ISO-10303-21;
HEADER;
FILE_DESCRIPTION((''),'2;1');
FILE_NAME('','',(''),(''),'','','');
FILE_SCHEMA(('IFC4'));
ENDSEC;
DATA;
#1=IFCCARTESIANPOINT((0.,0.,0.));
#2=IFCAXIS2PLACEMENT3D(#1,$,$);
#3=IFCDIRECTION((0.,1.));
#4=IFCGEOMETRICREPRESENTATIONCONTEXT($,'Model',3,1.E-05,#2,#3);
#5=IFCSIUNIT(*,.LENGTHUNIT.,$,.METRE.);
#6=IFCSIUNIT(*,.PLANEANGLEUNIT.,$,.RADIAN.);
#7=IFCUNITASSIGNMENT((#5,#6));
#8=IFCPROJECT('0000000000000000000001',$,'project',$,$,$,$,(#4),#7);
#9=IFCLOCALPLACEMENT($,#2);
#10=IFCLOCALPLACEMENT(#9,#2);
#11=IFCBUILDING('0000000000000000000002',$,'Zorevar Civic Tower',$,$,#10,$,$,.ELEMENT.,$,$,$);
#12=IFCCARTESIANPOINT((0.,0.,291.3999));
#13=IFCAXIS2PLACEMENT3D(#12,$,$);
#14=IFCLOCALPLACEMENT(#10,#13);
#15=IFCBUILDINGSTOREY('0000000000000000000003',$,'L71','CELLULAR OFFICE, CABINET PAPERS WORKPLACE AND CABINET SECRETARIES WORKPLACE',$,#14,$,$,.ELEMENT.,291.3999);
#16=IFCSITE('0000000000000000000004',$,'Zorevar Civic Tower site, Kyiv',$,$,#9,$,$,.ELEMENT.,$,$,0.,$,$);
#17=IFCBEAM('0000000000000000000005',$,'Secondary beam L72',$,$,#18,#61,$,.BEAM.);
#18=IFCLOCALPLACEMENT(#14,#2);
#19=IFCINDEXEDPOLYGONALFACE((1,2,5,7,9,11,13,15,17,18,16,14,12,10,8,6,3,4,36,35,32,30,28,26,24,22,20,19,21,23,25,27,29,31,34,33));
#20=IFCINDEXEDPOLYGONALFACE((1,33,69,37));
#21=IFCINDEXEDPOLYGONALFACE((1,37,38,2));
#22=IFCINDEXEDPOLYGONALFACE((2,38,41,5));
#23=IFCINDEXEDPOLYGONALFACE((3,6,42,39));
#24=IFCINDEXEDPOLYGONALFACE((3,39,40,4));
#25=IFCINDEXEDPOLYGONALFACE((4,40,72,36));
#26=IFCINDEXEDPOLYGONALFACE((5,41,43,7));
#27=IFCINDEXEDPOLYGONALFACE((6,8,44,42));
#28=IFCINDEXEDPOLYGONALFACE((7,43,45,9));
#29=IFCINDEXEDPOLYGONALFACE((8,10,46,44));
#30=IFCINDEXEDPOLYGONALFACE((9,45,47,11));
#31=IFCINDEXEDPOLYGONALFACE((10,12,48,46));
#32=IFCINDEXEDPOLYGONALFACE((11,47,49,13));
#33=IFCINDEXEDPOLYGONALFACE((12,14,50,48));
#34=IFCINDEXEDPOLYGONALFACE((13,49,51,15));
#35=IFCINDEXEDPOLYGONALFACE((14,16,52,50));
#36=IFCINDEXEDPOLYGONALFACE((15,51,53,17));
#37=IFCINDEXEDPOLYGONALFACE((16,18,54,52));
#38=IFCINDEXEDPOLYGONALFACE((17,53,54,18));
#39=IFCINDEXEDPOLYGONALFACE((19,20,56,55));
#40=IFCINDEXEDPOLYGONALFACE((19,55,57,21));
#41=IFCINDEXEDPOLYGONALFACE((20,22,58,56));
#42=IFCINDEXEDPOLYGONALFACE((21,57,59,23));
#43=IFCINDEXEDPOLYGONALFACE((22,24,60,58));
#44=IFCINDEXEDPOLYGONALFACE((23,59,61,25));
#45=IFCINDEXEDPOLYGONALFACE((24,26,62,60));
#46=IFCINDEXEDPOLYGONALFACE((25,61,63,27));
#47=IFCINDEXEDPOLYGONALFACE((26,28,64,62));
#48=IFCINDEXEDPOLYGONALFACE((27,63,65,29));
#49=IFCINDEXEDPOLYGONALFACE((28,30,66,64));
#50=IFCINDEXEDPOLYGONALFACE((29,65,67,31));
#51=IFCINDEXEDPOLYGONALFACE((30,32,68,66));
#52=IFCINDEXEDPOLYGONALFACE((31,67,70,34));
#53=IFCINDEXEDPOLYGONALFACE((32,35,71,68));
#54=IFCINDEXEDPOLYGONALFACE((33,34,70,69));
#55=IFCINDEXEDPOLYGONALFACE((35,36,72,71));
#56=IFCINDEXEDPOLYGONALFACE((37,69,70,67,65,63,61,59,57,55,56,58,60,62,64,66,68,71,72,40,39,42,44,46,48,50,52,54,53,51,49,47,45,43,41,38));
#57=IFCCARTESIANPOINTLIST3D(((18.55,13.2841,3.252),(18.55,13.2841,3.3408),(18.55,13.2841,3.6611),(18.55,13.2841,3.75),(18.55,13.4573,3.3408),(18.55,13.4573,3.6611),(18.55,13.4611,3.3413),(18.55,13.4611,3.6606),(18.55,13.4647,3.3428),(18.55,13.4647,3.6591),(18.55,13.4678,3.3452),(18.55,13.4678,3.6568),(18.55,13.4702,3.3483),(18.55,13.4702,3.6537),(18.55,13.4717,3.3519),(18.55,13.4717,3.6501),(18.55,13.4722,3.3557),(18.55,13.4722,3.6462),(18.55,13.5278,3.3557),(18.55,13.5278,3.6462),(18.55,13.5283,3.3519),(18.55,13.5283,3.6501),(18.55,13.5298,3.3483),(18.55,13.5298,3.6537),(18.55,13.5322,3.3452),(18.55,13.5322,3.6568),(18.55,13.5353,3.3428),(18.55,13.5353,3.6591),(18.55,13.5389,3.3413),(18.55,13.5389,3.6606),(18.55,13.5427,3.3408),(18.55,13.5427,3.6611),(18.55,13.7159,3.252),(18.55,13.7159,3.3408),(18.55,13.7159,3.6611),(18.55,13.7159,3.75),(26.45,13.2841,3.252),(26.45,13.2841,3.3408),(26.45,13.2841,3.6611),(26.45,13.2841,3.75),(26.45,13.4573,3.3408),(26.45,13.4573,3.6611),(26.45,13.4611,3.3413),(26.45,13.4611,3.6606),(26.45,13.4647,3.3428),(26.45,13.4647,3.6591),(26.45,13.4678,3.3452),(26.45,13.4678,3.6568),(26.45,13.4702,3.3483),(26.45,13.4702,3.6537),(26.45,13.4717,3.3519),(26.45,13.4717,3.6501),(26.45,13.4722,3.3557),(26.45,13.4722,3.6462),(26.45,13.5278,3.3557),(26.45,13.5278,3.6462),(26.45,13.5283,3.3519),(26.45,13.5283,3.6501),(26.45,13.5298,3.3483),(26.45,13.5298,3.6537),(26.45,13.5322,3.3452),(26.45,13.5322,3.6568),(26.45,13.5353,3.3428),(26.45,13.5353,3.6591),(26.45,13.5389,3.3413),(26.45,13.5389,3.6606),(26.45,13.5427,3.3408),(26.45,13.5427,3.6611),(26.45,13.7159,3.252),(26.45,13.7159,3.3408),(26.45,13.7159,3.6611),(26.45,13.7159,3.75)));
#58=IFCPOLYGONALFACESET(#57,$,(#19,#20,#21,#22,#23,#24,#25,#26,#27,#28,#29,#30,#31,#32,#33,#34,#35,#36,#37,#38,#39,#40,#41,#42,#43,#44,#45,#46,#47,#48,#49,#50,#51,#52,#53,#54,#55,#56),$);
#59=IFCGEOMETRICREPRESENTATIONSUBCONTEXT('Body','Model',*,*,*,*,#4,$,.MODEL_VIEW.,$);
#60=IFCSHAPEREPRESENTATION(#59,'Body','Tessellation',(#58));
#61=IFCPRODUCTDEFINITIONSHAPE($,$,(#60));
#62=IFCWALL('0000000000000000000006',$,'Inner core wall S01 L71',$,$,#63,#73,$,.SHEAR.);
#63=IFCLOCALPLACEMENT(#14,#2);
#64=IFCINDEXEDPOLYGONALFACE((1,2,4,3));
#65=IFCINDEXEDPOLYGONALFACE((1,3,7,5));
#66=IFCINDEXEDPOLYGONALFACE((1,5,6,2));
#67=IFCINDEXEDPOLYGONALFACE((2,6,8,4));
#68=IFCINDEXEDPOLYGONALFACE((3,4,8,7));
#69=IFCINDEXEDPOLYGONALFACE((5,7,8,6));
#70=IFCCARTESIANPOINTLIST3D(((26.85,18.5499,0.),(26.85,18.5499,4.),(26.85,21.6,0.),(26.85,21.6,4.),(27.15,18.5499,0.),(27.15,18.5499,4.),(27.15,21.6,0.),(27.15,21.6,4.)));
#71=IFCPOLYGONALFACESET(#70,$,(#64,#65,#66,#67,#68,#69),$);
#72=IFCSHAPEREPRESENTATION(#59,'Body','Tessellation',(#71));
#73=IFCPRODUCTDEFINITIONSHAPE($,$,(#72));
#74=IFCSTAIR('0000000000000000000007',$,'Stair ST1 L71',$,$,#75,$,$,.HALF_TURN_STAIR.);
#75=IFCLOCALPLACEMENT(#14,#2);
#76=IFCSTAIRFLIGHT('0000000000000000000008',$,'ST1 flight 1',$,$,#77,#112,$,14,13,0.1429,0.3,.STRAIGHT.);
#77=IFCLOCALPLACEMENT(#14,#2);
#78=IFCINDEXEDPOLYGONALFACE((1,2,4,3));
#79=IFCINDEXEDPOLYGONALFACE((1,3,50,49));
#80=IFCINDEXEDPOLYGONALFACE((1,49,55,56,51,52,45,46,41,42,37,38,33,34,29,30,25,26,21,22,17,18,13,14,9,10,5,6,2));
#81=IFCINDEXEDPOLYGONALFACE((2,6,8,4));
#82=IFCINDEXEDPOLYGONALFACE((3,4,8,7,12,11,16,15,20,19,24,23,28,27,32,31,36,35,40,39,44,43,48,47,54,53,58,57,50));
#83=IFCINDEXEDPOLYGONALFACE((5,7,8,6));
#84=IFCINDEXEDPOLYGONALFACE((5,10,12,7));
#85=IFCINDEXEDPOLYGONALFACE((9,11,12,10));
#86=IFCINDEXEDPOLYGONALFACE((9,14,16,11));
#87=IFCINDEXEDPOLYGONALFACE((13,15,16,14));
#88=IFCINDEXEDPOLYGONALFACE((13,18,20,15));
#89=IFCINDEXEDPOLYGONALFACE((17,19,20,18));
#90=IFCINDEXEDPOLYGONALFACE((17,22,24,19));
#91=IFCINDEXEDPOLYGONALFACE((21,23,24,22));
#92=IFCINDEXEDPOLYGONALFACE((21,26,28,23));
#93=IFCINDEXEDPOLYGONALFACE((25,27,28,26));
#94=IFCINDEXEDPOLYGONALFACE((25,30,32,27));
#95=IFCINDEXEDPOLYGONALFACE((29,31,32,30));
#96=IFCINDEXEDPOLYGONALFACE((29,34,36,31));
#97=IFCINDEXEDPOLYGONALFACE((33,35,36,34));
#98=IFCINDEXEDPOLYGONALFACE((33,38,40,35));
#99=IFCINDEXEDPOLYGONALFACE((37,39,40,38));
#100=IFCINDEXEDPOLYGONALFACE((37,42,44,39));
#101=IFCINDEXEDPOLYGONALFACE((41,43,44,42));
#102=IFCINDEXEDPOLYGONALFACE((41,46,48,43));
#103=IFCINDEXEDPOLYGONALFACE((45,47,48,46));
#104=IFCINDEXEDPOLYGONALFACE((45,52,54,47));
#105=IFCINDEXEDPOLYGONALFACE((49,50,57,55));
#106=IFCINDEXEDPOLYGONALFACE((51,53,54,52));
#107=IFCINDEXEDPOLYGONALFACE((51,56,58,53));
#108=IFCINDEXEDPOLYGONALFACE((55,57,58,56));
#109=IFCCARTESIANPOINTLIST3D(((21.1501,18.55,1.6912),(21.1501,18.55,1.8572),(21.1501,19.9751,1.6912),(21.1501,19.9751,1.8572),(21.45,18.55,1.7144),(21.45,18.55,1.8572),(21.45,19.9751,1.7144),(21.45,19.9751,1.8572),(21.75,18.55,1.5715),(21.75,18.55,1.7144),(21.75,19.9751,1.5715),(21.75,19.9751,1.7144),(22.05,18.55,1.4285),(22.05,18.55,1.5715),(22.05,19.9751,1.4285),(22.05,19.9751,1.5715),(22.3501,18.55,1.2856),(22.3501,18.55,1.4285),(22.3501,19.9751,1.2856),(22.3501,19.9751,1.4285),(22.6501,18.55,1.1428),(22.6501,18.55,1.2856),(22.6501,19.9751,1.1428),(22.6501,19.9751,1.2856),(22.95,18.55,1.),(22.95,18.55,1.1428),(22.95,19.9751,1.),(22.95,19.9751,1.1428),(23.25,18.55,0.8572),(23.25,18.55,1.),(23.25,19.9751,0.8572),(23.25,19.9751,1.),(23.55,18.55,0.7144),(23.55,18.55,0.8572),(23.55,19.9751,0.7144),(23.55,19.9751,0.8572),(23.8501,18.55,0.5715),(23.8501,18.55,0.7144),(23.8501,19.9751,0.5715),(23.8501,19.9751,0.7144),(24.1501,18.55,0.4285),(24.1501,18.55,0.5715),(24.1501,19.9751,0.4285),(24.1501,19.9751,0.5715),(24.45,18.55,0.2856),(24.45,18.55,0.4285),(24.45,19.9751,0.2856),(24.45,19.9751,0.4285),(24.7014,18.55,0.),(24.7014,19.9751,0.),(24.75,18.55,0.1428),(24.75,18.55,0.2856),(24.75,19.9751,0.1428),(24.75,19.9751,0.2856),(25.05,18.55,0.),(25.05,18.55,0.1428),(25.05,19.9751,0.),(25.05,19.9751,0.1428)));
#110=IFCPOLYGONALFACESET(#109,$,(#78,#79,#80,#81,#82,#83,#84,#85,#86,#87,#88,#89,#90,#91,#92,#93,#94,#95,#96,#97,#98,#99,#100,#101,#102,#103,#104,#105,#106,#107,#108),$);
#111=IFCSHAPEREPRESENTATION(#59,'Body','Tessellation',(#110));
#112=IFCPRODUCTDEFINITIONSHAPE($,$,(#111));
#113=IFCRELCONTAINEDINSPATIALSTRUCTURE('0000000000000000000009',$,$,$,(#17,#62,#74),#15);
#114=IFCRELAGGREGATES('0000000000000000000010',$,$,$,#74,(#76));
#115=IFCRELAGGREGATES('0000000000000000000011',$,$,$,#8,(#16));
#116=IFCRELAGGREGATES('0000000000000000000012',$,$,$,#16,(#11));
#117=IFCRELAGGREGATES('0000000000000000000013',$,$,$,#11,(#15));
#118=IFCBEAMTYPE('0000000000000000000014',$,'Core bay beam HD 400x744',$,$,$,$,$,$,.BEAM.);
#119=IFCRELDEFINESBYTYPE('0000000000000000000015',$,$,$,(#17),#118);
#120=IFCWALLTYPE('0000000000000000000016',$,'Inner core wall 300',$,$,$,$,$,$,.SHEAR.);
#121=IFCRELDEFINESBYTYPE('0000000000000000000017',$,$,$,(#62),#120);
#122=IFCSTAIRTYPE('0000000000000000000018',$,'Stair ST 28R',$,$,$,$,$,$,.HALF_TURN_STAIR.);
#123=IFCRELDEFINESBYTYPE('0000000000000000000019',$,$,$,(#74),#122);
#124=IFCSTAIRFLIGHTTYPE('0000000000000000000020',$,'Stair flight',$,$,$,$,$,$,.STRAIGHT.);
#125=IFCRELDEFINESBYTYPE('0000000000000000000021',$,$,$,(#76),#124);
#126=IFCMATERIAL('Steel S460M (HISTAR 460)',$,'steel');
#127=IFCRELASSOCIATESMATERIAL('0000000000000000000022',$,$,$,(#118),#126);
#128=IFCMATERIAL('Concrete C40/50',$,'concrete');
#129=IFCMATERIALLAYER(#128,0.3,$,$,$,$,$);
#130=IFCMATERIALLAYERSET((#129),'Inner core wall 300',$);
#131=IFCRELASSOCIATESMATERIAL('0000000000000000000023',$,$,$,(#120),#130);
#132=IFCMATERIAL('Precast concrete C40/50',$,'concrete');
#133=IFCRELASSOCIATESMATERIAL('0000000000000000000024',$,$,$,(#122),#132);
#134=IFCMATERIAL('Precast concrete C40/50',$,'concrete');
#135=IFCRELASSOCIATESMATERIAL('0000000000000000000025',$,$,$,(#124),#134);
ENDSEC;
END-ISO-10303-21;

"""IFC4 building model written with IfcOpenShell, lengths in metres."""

from ifc_helpers import new_model, si_unit, direction, frame, frame_2d, origin, origin_2d, place, context, subcontext, project, spatial, polyline, rectangle, i_section, outline, extrude, material, layer, layer_set, material_profile, profile_set, type_object, element, aggregate, save


model = new_model("IFC4")

# Units and contexts
model_context = context("Model", 3, precision=1e-05, world=origin(), true_north=direction((0.0, 1.0)))
body_context = subcontext(model_context, "Body", "Model", "MODEL_VIEW")
ifc_project = project(units=[si_unit("LENGTHUNIT", "METRE"), si_unit("PLANEANGLEUNIT", "RADIAN")], contexts=[model_context])

# Site, building, storey
site_placement = place(None, origin())
site = spatial("IfcSite", under=ifc_project, at=site_placement, Name="Zorevar Civic Tower site, Kyiv", CompositionType="ELEMENT", RefElevation=0.0)
building_placement = place(site_placement, origin())
building = spatial("IfcBuilding", under=site, at=building_placement, Name="Zorevar Civic Tower", CompositionType="ELEMENT")
storey_placement = place(building_placement, frame((0.0, 0.0, 291.3999)))
storey = spatial("IfcBuildingStorey", under=building, at=storey_placement, Name="L71", Description="CELLULAR OFFICE, CABINET PAPERS WORKPLACE AND CABINET SECRETARIES WORKPLACE", CompositionType="ELEMENT", Elevation=291.3999)

# Beam
ifc_material_1 = material(Name="Steel S460M (HISTAR 460)", Category="steel")
ifc_material_profile = material_profile(ifc_material_1, i_section(OverallWidth=0.4319, OverallDepth=0.498, WebThickness=0.0557, FlangeThickness=0.0889, FilletRadius=0.0149, at=origin_2d()), Name="HD 400x744")
ifc_profile_set = profile_set([ifc_material_profile], Name="Steel S460M (HISTAR 460)")
beam_type = type_object("IfcBeamType", Name="Core bay beam HD 400x744", PredefinedType="BEAM", material=ifc_profile_set)
beam_placement = place(storey_placement, frame((18.55, 13.5, 3.501), z_axis=(1.0, 0.0, 0.0), x_axis=(0.0, 1.0, 0.0)))
element("IfcBeam", 1, at=beam_placement, inside=storey, type_object=beam_type, Name="Secondary beam L72", PredefinedType="BEAM", context=body_context, shape_type="SweptSolid", body=[
    extrude(i_section(OverallWidth=0.4319, OverallDepth=0.498, WebThickness=0.0557, FlangeThickness=0.0889, FilletRadius=0.0149, at=origin_2d()), origin(), (0.0, 0.0, 1.0), 7.8999),
])

# Wall
ifc_material_2 = material(Name="Concrete C40/50", Category="concrete")
ifc_layer = layer(ifc_material_2, 0.3)
ifc_layer_set = layer_set([ifc_layer], Name="Inner core wall 300")
wall_type = type_object("IfcWallType", Name="Inner core wall 300", PredefinedType="SHEAR", material=ifc_layer_set)
wall_placement = place(storey_placement, frame((27.0, 18.55, 0.0), z_axis=(0.0, 0.0, 1.0), x_axis=(0.0, 1.0, 0.0)))
element("IfcWall", 2, at=wall_placement, inside=storey, type_object=wall_type, Name="Inner core wall S01 L71", PredefinedType="SHEAR", context=body_context, shape_type="SweptSolid", body=[
    extrude(rectangle(XDim=3.05, YDim=0.3, at=frame_2d((1.5249, 0.0))), origin(), (0.0, 0.0, 1.0), 4.0),
])

# Stair, stair flight
ifc_material_3 = material(Name="Precast concrete C40/50", Category="concrete")
stair_type = type_object("IfcStairType", Name="Stair ST 28R", PredefinedType="HALF_TURN_STAIR", material=ifc_material_3)
stair_placement = place(storey_placement, origin())
stair = element("IfcStair", 3, at=stair_placement, inside=storey, type_object=stair_type, Name="Stair ST1 L71", PredefinedType="HALF_TURN_STAIR")
ifc_material_4 = material(Name="Precast concrete C40/50", Category="concrete")
stair_flight_type = type_object("IfcStairFlightType", Name="Stair flight", PredefinedType="STRAIGHT", material=ifc_material_4)
stair_flight_placement = place(storey_placement, frame((25.05, 19.2625, 0.0), z_axis=(0.0, 0.0, 1.0), x_axis=(-1.0, 0.0, 0.0)))
stair_flight = element("IfcStairFlight", 4, at=stair_flight_placement, type_object=stair_flight_type, Name="ST1 flight 1", NumberOfRisers=14, NumberOfTreads=13, PredefinedType="STRAIGHT", RiserHeight=0.1429, TreadLength=0.3, context=body_context, shape_type="SweptSolid", body=[
    extrude(outline(polyline([(0.0, 0.0), (0.0, 0.1428), (0.3, 0.1428), (0.3, 0.2856), (0.6001, 0.2856), (0.6001, 0.4285), (0.8999, 0.4285), (0.8999, 0.5715), (1.2, 0.5715), (1.2, 0.7144), (1.5, 0.7144), (1.5, 0.8572), (1.8, 0.8572), (1.8, 1.0), (2.1001, 1.0), (2.1001, 1.1428), (2.3999, 1.1428), (2.3999, 1.2856), (2.7, 1.2856), (2.7, 1.4285), (3.0, 1.4285), (3.0, 1.5715), (3.3, 1.5715), (3.3, 1.7144), (3.6001, 1.7144), (3.6001, 1.8572), (3.8999, 1.8572), (3.8999, 2.0), (3.8999, 1.6912), (0.3486, 0.0), (0.0, 0.0)])), frame((0.0, 0.7124, 0.0), z_axis=(0.0, -1.0, 0.0), x_axis=(1.0, 0.0, 0.0)), (0.0, 0.0, 1.0), 1.425),
])
aggregate(stair, [stair_flight])

save(model, "model.ifc")
